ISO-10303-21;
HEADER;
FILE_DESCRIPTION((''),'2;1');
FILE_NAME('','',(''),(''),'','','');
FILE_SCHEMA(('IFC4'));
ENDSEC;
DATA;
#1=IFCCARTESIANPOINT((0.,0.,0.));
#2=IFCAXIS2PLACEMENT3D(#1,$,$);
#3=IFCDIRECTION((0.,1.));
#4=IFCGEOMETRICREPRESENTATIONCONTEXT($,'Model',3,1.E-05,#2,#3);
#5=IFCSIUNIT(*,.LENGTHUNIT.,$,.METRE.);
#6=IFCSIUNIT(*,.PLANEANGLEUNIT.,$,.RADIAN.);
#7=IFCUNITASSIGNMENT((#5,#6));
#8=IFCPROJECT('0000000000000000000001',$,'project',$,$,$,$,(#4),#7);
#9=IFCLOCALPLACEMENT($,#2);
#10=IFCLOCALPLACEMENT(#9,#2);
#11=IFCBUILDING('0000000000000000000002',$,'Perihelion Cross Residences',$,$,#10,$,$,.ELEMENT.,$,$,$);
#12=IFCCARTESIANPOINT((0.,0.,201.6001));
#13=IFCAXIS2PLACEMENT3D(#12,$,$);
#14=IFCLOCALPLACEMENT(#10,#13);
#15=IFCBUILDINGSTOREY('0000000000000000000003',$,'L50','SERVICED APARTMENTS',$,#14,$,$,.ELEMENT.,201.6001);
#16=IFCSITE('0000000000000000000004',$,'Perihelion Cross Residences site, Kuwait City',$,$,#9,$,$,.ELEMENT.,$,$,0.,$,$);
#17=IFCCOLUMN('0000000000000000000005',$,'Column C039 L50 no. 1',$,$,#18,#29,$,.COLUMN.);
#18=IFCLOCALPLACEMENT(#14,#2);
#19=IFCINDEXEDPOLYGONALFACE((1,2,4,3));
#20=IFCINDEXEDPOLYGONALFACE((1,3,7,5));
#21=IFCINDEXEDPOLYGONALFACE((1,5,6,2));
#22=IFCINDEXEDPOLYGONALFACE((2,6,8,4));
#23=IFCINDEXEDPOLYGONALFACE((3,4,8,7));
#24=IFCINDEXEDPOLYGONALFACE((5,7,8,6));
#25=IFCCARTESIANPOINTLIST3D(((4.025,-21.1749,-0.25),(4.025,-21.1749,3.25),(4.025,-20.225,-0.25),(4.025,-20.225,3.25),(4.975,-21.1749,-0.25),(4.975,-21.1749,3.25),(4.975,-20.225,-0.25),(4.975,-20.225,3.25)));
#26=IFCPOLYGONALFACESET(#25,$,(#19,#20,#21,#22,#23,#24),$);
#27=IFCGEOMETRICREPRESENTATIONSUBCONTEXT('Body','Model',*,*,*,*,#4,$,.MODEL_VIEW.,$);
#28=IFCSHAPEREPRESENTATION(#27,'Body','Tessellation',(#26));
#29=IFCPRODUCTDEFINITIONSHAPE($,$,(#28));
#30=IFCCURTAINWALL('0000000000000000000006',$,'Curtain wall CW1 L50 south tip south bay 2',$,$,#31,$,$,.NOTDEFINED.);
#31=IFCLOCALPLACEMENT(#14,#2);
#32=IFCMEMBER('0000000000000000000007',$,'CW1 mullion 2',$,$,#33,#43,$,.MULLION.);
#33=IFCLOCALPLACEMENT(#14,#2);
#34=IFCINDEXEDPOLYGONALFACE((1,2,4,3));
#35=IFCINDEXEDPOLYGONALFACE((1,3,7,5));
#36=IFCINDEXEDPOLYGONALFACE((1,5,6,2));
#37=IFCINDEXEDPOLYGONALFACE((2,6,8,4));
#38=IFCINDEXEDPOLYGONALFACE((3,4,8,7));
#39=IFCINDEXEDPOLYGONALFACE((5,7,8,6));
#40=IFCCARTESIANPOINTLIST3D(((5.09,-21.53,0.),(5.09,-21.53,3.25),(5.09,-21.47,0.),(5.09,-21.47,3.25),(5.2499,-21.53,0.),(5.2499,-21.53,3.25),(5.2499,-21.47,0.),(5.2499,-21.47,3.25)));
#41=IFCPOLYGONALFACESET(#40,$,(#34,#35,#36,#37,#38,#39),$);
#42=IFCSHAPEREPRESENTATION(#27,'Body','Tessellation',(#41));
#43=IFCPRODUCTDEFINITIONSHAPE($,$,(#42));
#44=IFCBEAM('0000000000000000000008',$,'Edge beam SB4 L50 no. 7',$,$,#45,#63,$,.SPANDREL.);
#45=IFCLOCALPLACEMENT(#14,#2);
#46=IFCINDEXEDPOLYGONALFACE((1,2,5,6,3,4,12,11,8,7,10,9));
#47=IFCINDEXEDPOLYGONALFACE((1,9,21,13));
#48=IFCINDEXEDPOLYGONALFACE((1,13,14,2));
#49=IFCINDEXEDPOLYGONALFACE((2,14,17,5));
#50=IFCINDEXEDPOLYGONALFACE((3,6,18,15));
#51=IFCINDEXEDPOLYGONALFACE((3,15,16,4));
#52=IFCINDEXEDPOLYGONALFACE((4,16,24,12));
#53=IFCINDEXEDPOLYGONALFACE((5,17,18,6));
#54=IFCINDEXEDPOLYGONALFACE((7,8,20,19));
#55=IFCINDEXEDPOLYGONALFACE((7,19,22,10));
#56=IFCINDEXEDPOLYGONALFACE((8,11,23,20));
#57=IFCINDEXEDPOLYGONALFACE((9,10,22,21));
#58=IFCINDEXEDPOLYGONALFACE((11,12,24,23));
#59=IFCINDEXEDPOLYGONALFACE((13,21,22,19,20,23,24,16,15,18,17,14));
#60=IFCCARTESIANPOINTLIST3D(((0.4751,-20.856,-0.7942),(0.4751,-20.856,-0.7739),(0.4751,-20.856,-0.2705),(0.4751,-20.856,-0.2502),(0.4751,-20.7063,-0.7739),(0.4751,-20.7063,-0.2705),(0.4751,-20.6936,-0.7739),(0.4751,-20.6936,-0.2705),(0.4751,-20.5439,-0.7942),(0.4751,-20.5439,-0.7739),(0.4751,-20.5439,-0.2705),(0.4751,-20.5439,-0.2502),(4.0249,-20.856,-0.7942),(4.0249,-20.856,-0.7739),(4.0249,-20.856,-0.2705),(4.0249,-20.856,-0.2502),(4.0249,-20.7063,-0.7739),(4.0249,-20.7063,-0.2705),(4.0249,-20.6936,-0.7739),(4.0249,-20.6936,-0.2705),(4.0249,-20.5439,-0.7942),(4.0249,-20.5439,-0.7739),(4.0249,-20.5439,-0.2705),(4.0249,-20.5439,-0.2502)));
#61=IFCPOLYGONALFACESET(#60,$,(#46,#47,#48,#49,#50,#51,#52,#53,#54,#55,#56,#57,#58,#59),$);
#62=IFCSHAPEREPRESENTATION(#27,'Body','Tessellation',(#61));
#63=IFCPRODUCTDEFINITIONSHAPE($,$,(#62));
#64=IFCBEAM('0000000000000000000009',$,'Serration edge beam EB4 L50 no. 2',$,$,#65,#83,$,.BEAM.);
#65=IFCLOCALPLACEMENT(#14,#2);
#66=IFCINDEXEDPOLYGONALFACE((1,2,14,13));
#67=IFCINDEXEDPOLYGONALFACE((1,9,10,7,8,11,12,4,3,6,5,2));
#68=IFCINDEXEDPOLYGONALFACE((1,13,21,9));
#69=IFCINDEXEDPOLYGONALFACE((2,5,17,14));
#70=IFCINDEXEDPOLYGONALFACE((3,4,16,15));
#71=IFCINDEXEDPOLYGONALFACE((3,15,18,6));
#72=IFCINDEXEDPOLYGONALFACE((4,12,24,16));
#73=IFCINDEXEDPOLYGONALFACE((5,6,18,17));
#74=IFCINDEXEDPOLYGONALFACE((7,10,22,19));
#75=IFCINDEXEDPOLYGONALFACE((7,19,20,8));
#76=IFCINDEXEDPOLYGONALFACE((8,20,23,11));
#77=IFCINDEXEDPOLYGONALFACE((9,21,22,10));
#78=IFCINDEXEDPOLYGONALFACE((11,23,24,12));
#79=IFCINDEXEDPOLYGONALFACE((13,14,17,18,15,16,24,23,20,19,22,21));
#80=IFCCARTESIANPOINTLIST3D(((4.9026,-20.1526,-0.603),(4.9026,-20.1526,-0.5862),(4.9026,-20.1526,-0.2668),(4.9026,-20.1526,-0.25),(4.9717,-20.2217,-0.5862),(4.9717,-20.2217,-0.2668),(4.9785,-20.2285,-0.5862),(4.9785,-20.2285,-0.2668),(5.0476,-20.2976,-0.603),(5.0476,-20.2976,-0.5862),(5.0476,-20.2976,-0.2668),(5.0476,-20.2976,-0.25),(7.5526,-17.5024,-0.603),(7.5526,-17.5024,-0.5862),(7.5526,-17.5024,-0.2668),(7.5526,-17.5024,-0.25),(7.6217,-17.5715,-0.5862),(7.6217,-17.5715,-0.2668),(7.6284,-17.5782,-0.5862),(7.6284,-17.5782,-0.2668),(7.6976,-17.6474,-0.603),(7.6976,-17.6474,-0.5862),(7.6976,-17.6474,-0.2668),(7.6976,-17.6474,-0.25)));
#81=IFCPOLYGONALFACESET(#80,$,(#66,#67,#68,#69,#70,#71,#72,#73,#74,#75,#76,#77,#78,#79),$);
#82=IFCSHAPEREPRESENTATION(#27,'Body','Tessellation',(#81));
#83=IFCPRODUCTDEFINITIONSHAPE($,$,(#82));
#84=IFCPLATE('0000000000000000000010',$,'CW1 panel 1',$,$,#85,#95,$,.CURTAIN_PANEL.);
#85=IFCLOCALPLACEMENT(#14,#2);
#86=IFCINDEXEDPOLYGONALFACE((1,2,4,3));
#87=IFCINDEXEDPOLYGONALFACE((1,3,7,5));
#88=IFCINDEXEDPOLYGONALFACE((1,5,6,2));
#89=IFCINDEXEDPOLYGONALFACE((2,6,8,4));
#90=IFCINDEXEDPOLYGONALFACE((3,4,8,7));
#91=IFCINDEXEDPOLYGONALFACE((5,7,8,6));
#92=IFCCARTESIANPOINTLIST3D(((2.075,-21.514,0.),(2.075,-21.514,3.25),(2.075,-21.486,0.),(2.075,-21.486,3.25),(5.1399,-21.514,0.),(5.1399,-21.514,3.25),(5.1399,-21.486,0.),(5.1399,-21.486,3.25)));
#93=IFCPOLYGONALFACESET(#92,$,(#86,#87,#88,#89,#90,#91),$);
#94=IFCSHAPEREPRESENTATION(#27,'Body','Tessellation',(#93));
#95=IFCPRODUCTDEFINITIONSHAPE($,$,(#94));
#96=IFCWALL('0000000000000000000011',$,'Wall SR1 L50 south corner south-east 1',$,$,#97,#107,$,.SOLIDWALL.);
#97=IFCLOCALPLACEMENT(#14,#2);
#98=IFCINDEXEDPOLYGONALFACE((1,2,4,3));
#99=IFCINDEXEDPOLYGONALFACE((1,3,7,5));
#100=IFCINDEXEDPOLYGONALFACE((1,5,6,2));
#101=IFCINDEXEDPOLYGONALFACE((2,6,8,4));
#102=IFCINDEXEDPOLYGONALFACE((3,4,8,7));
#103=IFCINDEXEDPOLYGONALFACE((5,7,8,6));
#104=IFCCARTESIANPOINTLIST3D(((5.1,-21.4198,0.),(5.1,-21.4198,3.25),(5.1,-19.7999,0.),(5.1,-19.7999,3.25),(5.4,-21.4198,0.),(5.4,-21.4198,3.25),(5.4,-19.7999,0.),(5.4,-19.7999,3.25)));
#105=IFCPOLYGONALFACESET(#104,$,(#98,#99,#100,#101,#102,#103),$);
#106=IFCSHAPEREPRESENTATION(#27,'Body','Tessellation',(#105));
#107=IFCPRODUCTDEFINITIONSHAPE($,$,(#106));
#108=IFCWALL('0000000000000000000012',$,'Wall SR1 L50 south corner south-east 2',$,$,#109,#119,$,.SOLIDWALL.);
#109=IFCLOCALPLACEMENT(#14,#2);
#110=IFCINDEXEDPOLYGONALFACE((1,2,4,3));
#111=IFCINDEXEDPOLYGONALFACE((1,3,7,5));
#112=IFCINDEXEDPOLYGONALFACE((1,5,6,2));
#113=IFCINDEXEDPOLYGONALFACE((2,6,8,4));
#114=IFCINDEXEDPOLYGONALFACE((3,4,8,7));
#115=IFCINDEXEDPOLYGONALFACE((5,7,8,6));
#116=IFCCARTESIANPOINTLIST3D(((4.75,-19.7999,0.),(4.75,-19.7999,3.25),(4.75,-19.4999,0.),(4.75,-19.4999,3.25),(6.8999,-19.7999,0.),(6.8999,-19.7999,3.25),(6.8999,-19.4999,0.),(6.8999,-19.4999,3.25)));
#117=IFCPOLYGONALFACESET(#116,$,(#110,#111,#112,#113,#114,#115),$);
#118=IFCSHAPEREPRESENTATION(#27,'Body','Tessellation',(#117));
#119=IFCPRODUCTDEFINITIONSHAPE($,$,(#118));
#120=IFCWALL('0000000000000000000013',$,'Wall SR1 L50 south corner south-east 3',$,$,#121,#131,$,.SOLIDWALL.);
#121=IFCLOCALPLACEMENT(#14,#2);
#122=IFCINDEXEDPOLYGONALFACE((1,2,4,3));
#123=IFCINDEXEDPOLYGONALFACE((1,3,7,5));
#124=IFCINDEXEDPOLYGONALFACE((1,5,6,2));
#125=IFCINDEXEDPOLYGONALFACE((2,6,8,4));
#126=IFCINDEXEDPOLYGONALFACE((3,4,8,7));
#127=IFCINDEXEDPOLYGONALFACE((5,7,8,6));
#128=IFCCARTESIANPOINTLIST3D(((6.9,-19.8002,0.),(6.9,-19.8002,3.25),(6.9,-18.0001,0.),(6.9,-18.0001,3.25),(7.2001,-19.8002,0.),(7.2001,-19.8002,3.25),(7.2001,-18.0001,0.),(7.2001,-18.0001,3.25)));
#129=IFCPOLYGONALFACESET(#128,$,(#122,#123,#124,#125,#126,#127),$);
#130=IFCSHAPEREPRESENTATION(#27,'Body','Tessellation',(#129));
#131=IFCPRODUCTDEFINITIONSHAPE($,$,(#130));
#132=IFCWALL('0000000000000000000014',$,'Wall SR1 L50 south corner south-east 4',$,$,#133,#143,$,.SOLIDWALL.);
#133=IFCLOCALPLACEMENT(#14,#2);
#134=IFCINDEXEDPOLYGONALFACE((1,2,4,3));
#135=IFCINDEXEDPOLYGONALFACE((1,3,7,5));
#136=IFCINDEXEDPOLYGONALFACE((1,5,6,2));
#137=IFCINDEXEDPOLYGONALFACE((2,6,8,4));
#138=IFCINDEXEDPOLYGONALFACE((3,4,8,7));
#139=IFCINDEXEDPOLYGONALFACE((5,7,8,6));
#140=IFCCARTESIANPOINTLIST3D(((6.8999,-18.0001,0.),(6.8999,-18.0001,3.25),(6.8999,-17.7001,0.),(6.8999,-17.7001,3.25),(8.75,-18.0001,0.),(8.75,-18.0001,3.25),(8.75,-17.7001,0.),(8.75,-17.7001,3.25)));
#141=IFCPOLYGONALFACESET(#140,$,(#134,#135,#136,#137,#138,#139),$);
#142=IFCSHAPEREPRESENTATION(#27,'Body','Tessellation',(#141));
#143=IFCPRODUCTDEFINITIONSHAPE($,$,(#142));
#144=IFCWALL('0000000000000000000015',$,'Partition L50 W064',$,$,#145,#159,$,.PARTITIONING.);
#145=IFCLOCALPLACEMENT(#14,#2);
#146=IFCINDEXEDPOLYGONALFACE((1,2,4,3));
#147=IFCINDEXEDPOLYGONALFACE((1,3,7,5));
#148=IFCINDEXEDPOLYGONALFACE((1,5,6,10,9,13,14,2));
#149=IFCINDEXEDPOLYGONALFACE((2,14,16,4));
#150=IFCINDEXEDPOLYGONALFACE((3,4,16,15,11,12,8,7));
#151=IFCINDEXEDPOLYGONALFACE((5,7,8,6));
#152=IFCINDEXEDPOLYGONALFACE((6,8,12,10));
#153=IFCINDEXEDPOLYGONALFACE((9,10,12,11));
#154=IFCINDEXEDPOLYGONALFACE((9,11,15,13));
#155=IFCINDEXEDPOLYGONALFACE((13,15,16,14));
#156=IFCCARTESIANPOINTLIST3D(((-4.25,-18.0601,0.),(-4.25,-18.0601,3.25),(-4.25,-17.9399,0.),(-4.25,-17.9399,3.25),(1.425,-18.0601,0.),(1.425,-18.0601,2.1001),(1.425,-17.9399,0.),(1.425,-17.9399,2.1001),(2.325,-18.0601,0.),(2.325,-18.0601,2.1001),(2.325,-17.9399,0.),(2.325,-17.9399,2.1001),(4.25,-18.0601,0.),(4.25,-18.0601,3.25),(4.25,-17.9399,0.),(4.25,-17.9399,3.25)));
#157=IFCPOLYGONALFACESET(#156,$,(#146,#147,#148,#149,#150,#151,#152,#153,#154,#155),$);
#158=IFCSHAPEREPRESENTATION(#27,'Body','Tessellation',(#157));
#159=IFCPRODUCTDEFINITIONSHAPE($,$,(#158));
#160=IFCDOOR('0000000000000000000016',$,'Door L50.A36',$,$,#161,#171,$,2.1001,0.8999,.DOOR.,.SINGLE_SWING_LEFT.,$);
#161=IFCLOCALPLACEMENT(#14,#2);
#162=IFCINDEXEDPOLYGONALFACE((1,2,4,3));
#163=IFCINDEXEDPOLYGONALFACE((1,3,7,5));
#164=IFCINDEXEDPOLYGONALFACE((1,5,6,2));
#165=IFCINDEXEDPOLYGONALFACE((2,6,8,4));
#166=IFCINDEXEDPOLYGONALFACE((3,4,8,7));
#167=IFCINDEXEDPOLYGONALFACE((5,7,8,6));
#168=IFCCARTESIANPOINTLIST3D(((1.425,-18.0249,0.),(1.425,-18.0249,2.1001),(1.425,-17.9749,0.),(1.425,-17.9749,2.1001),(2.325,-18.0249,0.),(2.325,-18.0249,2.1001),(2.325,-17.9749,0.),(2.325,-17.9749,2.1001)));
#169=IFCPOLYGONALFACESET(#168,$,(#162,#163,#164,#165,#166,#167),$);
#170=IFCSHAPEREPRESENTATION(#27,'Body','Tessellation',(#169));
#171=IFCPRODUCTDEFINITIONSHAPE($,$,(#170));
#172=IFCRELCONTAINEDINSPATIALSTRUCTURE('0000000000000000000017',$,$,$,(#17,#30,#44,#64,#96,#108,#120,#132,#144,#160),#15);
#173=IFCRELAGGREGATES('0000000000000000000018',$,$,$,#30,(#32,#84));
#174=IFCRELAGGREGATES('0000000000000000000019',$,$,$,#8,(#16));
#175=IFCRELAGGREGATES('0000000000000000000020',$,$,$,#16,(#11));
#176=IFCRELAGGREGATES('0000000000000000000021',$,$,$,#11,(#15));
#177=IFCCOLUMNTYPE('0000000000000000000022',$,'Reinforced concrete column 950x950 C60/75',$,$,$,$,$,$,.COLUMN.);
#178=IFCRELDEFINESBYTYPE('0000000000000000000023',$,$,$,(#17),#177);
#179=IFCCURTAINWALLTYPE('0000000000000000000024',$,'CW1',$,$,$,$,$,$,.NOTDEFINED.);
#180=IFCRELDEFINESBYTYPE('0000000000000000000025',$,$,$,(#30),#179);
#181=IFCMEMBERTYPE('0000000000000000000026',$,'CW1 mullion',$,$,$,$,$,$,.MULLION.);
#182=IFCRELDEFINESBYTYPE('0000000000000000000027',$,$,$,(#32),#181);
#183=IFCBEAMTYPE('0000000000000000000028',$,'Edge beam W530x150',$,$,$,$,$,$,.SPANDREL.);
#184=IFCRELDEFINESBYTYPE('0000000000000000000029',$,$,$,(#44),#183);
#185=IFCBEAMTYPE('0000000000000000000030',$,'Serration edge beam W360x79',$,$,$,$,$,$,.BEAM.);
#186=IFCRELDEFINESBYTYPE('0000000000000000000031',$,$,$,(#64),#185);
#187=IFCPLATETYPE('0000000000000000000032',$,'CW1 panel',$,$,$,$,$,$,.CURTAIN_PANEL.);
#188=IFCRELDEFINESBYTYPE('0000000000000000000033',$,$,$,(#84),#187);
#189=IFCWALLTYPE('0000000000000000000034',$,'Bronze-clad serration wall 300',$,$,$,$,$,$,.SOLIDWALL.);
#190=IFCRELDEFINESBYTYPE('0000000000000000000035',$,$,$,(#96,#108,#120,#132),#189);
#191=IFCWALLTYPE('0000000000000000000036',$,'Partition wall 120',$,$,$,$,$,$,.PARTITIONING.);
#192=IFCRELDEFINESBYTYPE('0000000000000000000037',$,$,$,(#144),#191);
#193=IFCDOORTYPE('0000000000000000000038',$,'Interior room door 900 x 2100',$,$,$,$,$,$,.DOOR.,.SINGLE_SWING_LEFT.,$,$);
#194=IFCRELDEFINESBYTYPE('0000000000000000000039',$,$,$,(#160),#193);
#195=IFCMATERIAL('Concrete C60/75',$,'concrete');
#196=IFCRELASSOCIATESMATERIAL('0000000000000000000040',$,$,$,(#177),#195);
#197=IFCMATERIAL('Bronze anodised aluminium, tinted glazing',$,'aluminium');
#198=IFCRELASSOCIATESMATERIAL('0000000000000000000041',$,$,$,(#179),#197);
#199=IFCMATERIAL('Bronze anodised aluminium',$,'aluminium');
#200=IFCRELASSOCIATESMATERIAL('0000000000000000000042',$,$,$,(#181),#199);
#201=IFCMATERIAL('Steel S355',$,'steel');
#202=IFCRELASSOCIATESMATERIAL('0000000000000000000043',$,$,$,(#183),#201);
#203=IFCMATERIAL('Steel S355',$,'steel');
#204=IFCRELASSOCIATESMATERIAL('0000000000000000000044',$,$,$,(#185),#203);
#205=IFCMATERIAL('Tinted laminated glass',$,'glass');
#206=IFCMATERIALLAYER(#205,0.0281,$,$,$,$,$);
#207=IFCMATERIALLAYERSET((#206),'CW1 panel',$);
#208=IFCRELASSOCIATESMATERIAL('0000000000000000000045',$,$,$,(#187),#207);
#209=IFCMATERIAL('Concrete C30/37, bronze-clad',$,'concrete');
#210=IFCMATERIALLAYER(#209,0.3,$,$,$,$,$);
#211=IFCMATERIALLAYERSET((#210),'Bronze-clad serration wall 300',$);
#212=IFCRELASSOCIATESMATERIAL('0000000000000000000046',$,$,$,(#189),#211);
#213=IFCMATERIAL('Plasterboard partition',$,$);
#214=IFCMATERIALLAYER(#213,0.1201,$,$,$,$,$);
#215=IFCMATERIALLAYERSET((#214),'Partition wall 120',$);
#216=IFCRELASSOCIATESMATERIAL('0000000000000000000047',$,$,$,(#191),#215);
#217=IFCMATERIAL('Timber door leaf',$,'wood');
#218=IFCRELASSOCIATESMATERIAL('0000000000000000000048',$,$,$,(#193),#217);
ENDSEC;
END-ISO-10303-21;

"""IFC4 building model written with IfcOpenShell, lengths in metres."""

from ifc_helpers import new_model, si_unit, direction, frame, frame_2d, origin, origin_2d, place, context, subcontext, project, spatial, rectangle, i_section, extrude, material, layer, layer_set, material_profile, profile_set, type_object, element, fill, aggregate, save


model = new_model("IFC4")

# Units and contexts
model_context = context("Model", 3, precision=1e-05, world=origin(), true_north=direction((0.0, 1.0)))
body_context = subcontext(model_context, "Body", "Model", "MODEL_VIEW")
ifc_project = project(units=[si_unit("LENGTHUNIT", "METRE"), si_unit("PLANEANGLEUNIT", "RADIAN")], contexts=[model_context])

# Site, building, storey
site_placement = place(None, origin())
site = spatial("IfcSite", under=ifc_project, at=site_placement, Name="Perihelion Cross Residences site, Kuwait City", CompositionType="ELEMENT", RefElevation=0.0)
building_placement = place(site_placement, origin())
building = spatial("IfcBuilding", under=site, at=building_placement, Name="Perihelion Cross Residences", CompositionType="ELEMENT")
storey_placement = place(building_placement, frame((0.0, 0.0, 201.6001)))
storey = spatial("IfcBuildingStorey", under=building, at=storey_placement, Name="L50", Description="SERVICED APARTMENTS", CompositionType="ELEMENT", Elevation=201.6001)

# Column
ifc_material_1 = material(Name="Concrete C60/75", Category="concrete")
ifc_material_profile_1 = material_profile(ifc_material_1, rectangle(XDim=0.95, YDim=0.95, at=origin_2d()), Name="RC 950x950")
ifc_profile_set_1 = profile_set([ifc_material_profile_1], Name="Concrete C60/75")
column_type = type_object("IfcColumnType", Name="Reinforced concrete column 950x950 C60/75", PredefinedType="COLUMN", material=ifc_profile_set_1)
column_placement = place(storey_placement, frame((4.5, -20.7, -0.25), z_axis=(0.0, 0.0, 1.0), x_axis=(1.0, 0.0, 0.0)))
element("IfcColumn", 1, at=column_placement, inside=storey, type_object=column_type, Name="Column C039 L50 no. 1", PredefinedType="COLUMN", context=body_context, shape_type="SweptSolid", body=[
    extrude(rectangle(XDim=0.95, YDim=0.95, at=origin_2d()), origin(), (0.0, 0.0, 1.0), 3.5),
])

# Curtain wall, member
ifc_material_2 = material(Name="Bronze anodised aluminium, tinted glazing", Category="aluminium")
curtain_wall_type = type_object("IfcCurtainWallType", Name="CW1", PredefinedType="NOTDEFINED", material=ifc_material_2)
curtain_wall_placement = place(storey_placement, origin())
curtain_wall = element("IfcCurtainWall", 2, at=curtain_wall_placement, inside=storey, type_object=curtain_wall_type, Name="Curtain wall CW1 L50 south tip south bay 2", PredefinedType="NOTDEFINED")
ifc_material_3 = material(Name="Bronze anodised aluminium", Category="aluminium")
ifc_material_profile_2 = material_profile(ifc_material_3, rectangle(XDim=0.0601, YDim=0.1599, at=origin_2d()), Name="CW1 mullion")
ifc_profile_set_2 = profile_set([ifc_material_profile_2], Name="Bronze anodised aluminium")
member_type = type_object("IfcMemberType", Name="CW1 mullion", PredefinedType="MULLION", material=ifc_profile_set_2)
member_placement = place(storey_placement, frame((5.1699, -21.5, 0.0), z_axis=(0.0, 0.0, 1.0), x_axis=(0.0, 1.0, 0.0)))
member = element("IfcMember", 3, at=member_placement, type_object=member_type, Name="CW1 mullion 2", PredefinedType="MULLION", context=body_context, shape_type="SweptSolid", body=[
    extrude(rectangle(XDim=0.0601, YDim=0.1599, at=origin_2d()), origin(), (0.0, 0.0, 1.0), 3.25),
])

# Beams
ifc_material_4 = material(Name="Steel S355", Category="steel")
ifc_material_profile_3 = material_profile(ifc_material_4, i_section(OverallWidth=0.312, OverallDepth=0.5439, WebThickness=0.0127, FlangeThickness=0.0203, at=origin_2d()), Name="W530x150")
ifc_profile_set_3 = profile_set([ifc_material_profile_3], Name="Steel S355")
beam_type_1 = type_object("IfcBeamType", Name="Edge beam W530x150", PredefinedType="SPANDREL", material=ifc_profile_set_3)
beam_1_placement = place(storey_placement, frame((0.4751, -20.7, -0.5222), z_axis=(1.0, 0.0, 0.0), x_axis=(0.0, 1.0, 0.0)))
element("IfcBeam", 4, at=beam_1_placement, inside=storey, type_object=beam_type_1, Name="Edge beam SB4 L50 no. 7", PredefinedType="SPANDREL", context=body_context, shape_type="SweptSolid", body=[
    extrude(i_section(OverallWidth=0.312, OverallDepth=0.5439, WebThickness=0.0127, FlangeThickness=0.0203, at=origin_2d()), origin(), (0.0, 0.0, 1.0), 3.5498),
])
ifc_material_5 = material(Name="Steel S355", Category="steel")
ifc_material_profile_4 = material_profile(ifc_material_5, i_section(OverallWidth=0.2051, OverallDepth=0.353, WebThickness=0.0095, FlangeThickness=0.0168, at=origin_2d()), Name="W360x79")
ifc_profile_set_4 = profile_set([ifc_material_profile_4], Name="Steel S355")
beam_type_2 = type_object("IfcBeamType", Name="Serration edge beam W360x79", PredefinedType="BEAM", material=ifc_profile_set_4)
beam_2_placement = place(storey_placement, frame((4.9751, -20.2251, -0.4265), z_axis=(0.707074, 0.707139, 0.0), x_axis=(-0.707139, 0.707074, 0.0)))
element("IfcBeam", 5, at=beam_2_placement, inside=storey, type_object=beam_type_2, Name="Serration edge beam EB4 L50 no. 2", PredefinedType="BEAM", context=body_context, shape_type="SweptSolid", body=[
    extrude(i_section(OverallWidth=0.2051, OverallDepth=0.353, WebThickness=0.0095, FlangeThickness=0.0168, at=origin_2d()), origin(), (0.0, 0.0, 1.0), 3.7478),
])

# Plate
ifc_material_6 = material(Name="Tinted laminated glass", Category="glass")
ifc_layer_1 = layer(ifc_material_6, 0.0281)
ifc_layer_set_1 = layer_set([ifc_layer_1], Name="CW1 panel")
plate_type = type_object("IfcPlateType", Name="CW1 panel", PredefinedType="CURTAIN_PANEL", material=ifc_layer_set_1)
plate_placement = place(storey_placement, frame((3.6074, -21.5, 0.0), z_axis=(0.0, 0.0, 1.0), x_axis=(1.0, 0.0, 0.0)))
plate = element("IfcPlate", 6, at=plate_placement, type_object=plate_type, Name="CW1 panel 1", PredefinedType="CURTAIN_PANEL", context=body_context, shape_type="SweptSolid", body=[
    extrude(rectangle(XDim=3.0649, YDim=0.0281, at=origin_2d()), origin(), (0.0, 0.0, 1.0), 3.25),
])
aggregate(curtain_wall, [member, plate])

# Walls
ifc_material_7 = material(Name="Concrete C30/37, bronze-clad", Category="concrete")
ifc_layer_2 = layer(ifc_material_7, 0.3)
ifc_layer_set_2 = layer_set([ifc_layer_2], Name="Bronze-clad serration wall 300")
wall_type_1 = type_object("IfcWallType", Name="Bronze-clad serration wall 300", PredefinedType="SOLIDWALL", material=ifc_layer_set_2)
wall_1_placement = place(storey_placement, frame((5.25, -21.4199, 0.0), z_axis=(0.0, 0.0, 1.0), x_axis=(0.0, 1.0, 0.0)))
element("IfcWall", 7, at=wall_1_placement, inside=storey, type_object=wall_type_1, Name="Wall SR1 L50 south corner south-east 1", PredefinedType="SOLIDWALL", context=body_context, shape_type="SweptSolid", body=[
    extrude(rectangle(XDim=1.6199, YDim=0.3, at=frame_2d((0.8101, 0.0))), origin(), (0.0, 0.0, 1.0), 3.25),
])
wall_2_placement = place(storey_placement, frame((4.75, -19.6499, 0.0), z_axis=(0.0, 0.0, 1.0), x_axis=(1.0, 0.0, 0.0)))
element("IfcWall", 8, at=wall_2_placement, inside=storey, type_object=wall_type_1, Name="Wall SR1 L50 south corner south-east 2", PredefinedType="SOLIDWALL", context=body_context, shape_type="SweptSolid", body=[
    extrude(rectangle(XDim=2.1499, YDim=0.3, at=frame_2d((1.075, 0.0))), origin(), (0.0, 0.0, 1.0), 3.25),
])
wall_3_placement = place(storey_placement, frame((7.05, -19.8, 0.0), z_axis=(0.0, 0.0, 1.0), x_axis=(0.0, 1.0, 0.0)))
element("IfcWall", 9, at=wall_3_placement, inside=storey, type_object=wall_type_1, Name="Wall SR1 L50 south corner south-east 3", PredefinedType="SOLIDWALL", context=body_context, shape_type="SweptSolid", body=[
    extrude(rectangle(XDim=1.8, YDim=0.3, at=frame_2d((0.8999, 0.0))), origin(), (0.0, 0.0, 1.0), 3.25),
])
wall_4_placement = place(storey_placement, frame((6.8999, -17.8501, 0.0), z_axis=(0.0, 0.0, 1.0), x_axis=(1.0, 0.0, 0.0)))
element("IfcWall", 10, at=wall_4_placement, inside=storey, type_object=wall_type_1, Name="Wall SR1 L50 south corner south-east 4", PredefinedType="SOLIDWALL", context=body_context, shape_type="SweptSolid", body=[
    extrude(rectangle(XDim=1.8501, YDim=0.3, at=frame_2d((0.925, 0.0))), origin(), (0.0, 0.0, 1.0), 3.25),
])

# Wall, opening, door
ifc_material_8 = material(Name="Plasterboard partition")
ifc_layer_3 = layer(ifc_material_8, 0.1201)
ifc_layer_set_3 = layer_set([ifc_layer_3], Name="Partition wall 120")
wall_type_2 = type_object("IfcWallType", Name="Partition wall 120", PredefinedType="PARTITIONING", material=ifc_layer_set_3)
wall_5_placement = place(storey_placement, frame((4.25, -18.0, 0.0), z_axis=(0.0, 0.0, 1.0), x_axis=(-1.0, 0.0, 0.0)))
wall_5 = element("IfcWall", 11, at=wall_5_placement, inside=storey, type_object=wall_type_2, Name="Partition L50 W064", PredefinedType="PARTITIONING", context=body_context, shape_type="SweptSolid", body=[
    extrude(rectangle(XDim=8.5, YDim=0.1201, at=frame_2d((4.25, 0.0))), origin(), (0.0, 0.0, 1.0), 3.25),
])
opening_1_placement = place(wall_5_placement, frame((1.925, 0.0, 0.0)))
opening_1 = element("IfcOpeningElement", 12, at=opening_1_placement, cuts=wall_5, PredefinedType="OPENING", context=body_context, shape_type="SweptSolid", body=[
    extrude(rectangle(XDim=0.8999, YDim=2.1001, at=frame_2d((0.45, 1.05))), frame((0.0, 0.0701, 0.0), z_axis=(0.0, -1.0, 0.0), x_axis=(1.0, 0.0, 0.0)), (0.0, 0.0, 1.0), 0.1401),
])
ifc_material_9 = material(Name="Timber door leaf", Category="wood")
door_type_1 = type_object("IfcDoorType", Name="Interior room door 900 x 2100", OperationType="SINGLE_SWING_LEFT", PredefinedType="DOOR", material=ifc_material_9)
door_1_placement = place(opening_1_placement, origin())
door_1 = element("IfcDoor", 13, at=door_1_placement, inside=storey, type_object=door_type_1, Name="Door L50.A36", OperationType="SINGLE_SWING_LEFT", OverallHeight=2.1001, OverallWidth=0.8999, PredefinedType="DOOR", context=body_context, shape_type="SweptSolid", body=[
    extrude(rectangle(XDim=0.8999, YDim=2.1001, at=frame_2d((0.45, 1.05))), frame((0.0, 0.0249, 0.0), z_axis=(0.0, -1.0, 0.0), x_axis=(1.0, 0.0, 0.0)), (0.0, 0.0, 1.0), 0.05),
])
fill(opening_1, door_1)

save(model, "model.ifc")
